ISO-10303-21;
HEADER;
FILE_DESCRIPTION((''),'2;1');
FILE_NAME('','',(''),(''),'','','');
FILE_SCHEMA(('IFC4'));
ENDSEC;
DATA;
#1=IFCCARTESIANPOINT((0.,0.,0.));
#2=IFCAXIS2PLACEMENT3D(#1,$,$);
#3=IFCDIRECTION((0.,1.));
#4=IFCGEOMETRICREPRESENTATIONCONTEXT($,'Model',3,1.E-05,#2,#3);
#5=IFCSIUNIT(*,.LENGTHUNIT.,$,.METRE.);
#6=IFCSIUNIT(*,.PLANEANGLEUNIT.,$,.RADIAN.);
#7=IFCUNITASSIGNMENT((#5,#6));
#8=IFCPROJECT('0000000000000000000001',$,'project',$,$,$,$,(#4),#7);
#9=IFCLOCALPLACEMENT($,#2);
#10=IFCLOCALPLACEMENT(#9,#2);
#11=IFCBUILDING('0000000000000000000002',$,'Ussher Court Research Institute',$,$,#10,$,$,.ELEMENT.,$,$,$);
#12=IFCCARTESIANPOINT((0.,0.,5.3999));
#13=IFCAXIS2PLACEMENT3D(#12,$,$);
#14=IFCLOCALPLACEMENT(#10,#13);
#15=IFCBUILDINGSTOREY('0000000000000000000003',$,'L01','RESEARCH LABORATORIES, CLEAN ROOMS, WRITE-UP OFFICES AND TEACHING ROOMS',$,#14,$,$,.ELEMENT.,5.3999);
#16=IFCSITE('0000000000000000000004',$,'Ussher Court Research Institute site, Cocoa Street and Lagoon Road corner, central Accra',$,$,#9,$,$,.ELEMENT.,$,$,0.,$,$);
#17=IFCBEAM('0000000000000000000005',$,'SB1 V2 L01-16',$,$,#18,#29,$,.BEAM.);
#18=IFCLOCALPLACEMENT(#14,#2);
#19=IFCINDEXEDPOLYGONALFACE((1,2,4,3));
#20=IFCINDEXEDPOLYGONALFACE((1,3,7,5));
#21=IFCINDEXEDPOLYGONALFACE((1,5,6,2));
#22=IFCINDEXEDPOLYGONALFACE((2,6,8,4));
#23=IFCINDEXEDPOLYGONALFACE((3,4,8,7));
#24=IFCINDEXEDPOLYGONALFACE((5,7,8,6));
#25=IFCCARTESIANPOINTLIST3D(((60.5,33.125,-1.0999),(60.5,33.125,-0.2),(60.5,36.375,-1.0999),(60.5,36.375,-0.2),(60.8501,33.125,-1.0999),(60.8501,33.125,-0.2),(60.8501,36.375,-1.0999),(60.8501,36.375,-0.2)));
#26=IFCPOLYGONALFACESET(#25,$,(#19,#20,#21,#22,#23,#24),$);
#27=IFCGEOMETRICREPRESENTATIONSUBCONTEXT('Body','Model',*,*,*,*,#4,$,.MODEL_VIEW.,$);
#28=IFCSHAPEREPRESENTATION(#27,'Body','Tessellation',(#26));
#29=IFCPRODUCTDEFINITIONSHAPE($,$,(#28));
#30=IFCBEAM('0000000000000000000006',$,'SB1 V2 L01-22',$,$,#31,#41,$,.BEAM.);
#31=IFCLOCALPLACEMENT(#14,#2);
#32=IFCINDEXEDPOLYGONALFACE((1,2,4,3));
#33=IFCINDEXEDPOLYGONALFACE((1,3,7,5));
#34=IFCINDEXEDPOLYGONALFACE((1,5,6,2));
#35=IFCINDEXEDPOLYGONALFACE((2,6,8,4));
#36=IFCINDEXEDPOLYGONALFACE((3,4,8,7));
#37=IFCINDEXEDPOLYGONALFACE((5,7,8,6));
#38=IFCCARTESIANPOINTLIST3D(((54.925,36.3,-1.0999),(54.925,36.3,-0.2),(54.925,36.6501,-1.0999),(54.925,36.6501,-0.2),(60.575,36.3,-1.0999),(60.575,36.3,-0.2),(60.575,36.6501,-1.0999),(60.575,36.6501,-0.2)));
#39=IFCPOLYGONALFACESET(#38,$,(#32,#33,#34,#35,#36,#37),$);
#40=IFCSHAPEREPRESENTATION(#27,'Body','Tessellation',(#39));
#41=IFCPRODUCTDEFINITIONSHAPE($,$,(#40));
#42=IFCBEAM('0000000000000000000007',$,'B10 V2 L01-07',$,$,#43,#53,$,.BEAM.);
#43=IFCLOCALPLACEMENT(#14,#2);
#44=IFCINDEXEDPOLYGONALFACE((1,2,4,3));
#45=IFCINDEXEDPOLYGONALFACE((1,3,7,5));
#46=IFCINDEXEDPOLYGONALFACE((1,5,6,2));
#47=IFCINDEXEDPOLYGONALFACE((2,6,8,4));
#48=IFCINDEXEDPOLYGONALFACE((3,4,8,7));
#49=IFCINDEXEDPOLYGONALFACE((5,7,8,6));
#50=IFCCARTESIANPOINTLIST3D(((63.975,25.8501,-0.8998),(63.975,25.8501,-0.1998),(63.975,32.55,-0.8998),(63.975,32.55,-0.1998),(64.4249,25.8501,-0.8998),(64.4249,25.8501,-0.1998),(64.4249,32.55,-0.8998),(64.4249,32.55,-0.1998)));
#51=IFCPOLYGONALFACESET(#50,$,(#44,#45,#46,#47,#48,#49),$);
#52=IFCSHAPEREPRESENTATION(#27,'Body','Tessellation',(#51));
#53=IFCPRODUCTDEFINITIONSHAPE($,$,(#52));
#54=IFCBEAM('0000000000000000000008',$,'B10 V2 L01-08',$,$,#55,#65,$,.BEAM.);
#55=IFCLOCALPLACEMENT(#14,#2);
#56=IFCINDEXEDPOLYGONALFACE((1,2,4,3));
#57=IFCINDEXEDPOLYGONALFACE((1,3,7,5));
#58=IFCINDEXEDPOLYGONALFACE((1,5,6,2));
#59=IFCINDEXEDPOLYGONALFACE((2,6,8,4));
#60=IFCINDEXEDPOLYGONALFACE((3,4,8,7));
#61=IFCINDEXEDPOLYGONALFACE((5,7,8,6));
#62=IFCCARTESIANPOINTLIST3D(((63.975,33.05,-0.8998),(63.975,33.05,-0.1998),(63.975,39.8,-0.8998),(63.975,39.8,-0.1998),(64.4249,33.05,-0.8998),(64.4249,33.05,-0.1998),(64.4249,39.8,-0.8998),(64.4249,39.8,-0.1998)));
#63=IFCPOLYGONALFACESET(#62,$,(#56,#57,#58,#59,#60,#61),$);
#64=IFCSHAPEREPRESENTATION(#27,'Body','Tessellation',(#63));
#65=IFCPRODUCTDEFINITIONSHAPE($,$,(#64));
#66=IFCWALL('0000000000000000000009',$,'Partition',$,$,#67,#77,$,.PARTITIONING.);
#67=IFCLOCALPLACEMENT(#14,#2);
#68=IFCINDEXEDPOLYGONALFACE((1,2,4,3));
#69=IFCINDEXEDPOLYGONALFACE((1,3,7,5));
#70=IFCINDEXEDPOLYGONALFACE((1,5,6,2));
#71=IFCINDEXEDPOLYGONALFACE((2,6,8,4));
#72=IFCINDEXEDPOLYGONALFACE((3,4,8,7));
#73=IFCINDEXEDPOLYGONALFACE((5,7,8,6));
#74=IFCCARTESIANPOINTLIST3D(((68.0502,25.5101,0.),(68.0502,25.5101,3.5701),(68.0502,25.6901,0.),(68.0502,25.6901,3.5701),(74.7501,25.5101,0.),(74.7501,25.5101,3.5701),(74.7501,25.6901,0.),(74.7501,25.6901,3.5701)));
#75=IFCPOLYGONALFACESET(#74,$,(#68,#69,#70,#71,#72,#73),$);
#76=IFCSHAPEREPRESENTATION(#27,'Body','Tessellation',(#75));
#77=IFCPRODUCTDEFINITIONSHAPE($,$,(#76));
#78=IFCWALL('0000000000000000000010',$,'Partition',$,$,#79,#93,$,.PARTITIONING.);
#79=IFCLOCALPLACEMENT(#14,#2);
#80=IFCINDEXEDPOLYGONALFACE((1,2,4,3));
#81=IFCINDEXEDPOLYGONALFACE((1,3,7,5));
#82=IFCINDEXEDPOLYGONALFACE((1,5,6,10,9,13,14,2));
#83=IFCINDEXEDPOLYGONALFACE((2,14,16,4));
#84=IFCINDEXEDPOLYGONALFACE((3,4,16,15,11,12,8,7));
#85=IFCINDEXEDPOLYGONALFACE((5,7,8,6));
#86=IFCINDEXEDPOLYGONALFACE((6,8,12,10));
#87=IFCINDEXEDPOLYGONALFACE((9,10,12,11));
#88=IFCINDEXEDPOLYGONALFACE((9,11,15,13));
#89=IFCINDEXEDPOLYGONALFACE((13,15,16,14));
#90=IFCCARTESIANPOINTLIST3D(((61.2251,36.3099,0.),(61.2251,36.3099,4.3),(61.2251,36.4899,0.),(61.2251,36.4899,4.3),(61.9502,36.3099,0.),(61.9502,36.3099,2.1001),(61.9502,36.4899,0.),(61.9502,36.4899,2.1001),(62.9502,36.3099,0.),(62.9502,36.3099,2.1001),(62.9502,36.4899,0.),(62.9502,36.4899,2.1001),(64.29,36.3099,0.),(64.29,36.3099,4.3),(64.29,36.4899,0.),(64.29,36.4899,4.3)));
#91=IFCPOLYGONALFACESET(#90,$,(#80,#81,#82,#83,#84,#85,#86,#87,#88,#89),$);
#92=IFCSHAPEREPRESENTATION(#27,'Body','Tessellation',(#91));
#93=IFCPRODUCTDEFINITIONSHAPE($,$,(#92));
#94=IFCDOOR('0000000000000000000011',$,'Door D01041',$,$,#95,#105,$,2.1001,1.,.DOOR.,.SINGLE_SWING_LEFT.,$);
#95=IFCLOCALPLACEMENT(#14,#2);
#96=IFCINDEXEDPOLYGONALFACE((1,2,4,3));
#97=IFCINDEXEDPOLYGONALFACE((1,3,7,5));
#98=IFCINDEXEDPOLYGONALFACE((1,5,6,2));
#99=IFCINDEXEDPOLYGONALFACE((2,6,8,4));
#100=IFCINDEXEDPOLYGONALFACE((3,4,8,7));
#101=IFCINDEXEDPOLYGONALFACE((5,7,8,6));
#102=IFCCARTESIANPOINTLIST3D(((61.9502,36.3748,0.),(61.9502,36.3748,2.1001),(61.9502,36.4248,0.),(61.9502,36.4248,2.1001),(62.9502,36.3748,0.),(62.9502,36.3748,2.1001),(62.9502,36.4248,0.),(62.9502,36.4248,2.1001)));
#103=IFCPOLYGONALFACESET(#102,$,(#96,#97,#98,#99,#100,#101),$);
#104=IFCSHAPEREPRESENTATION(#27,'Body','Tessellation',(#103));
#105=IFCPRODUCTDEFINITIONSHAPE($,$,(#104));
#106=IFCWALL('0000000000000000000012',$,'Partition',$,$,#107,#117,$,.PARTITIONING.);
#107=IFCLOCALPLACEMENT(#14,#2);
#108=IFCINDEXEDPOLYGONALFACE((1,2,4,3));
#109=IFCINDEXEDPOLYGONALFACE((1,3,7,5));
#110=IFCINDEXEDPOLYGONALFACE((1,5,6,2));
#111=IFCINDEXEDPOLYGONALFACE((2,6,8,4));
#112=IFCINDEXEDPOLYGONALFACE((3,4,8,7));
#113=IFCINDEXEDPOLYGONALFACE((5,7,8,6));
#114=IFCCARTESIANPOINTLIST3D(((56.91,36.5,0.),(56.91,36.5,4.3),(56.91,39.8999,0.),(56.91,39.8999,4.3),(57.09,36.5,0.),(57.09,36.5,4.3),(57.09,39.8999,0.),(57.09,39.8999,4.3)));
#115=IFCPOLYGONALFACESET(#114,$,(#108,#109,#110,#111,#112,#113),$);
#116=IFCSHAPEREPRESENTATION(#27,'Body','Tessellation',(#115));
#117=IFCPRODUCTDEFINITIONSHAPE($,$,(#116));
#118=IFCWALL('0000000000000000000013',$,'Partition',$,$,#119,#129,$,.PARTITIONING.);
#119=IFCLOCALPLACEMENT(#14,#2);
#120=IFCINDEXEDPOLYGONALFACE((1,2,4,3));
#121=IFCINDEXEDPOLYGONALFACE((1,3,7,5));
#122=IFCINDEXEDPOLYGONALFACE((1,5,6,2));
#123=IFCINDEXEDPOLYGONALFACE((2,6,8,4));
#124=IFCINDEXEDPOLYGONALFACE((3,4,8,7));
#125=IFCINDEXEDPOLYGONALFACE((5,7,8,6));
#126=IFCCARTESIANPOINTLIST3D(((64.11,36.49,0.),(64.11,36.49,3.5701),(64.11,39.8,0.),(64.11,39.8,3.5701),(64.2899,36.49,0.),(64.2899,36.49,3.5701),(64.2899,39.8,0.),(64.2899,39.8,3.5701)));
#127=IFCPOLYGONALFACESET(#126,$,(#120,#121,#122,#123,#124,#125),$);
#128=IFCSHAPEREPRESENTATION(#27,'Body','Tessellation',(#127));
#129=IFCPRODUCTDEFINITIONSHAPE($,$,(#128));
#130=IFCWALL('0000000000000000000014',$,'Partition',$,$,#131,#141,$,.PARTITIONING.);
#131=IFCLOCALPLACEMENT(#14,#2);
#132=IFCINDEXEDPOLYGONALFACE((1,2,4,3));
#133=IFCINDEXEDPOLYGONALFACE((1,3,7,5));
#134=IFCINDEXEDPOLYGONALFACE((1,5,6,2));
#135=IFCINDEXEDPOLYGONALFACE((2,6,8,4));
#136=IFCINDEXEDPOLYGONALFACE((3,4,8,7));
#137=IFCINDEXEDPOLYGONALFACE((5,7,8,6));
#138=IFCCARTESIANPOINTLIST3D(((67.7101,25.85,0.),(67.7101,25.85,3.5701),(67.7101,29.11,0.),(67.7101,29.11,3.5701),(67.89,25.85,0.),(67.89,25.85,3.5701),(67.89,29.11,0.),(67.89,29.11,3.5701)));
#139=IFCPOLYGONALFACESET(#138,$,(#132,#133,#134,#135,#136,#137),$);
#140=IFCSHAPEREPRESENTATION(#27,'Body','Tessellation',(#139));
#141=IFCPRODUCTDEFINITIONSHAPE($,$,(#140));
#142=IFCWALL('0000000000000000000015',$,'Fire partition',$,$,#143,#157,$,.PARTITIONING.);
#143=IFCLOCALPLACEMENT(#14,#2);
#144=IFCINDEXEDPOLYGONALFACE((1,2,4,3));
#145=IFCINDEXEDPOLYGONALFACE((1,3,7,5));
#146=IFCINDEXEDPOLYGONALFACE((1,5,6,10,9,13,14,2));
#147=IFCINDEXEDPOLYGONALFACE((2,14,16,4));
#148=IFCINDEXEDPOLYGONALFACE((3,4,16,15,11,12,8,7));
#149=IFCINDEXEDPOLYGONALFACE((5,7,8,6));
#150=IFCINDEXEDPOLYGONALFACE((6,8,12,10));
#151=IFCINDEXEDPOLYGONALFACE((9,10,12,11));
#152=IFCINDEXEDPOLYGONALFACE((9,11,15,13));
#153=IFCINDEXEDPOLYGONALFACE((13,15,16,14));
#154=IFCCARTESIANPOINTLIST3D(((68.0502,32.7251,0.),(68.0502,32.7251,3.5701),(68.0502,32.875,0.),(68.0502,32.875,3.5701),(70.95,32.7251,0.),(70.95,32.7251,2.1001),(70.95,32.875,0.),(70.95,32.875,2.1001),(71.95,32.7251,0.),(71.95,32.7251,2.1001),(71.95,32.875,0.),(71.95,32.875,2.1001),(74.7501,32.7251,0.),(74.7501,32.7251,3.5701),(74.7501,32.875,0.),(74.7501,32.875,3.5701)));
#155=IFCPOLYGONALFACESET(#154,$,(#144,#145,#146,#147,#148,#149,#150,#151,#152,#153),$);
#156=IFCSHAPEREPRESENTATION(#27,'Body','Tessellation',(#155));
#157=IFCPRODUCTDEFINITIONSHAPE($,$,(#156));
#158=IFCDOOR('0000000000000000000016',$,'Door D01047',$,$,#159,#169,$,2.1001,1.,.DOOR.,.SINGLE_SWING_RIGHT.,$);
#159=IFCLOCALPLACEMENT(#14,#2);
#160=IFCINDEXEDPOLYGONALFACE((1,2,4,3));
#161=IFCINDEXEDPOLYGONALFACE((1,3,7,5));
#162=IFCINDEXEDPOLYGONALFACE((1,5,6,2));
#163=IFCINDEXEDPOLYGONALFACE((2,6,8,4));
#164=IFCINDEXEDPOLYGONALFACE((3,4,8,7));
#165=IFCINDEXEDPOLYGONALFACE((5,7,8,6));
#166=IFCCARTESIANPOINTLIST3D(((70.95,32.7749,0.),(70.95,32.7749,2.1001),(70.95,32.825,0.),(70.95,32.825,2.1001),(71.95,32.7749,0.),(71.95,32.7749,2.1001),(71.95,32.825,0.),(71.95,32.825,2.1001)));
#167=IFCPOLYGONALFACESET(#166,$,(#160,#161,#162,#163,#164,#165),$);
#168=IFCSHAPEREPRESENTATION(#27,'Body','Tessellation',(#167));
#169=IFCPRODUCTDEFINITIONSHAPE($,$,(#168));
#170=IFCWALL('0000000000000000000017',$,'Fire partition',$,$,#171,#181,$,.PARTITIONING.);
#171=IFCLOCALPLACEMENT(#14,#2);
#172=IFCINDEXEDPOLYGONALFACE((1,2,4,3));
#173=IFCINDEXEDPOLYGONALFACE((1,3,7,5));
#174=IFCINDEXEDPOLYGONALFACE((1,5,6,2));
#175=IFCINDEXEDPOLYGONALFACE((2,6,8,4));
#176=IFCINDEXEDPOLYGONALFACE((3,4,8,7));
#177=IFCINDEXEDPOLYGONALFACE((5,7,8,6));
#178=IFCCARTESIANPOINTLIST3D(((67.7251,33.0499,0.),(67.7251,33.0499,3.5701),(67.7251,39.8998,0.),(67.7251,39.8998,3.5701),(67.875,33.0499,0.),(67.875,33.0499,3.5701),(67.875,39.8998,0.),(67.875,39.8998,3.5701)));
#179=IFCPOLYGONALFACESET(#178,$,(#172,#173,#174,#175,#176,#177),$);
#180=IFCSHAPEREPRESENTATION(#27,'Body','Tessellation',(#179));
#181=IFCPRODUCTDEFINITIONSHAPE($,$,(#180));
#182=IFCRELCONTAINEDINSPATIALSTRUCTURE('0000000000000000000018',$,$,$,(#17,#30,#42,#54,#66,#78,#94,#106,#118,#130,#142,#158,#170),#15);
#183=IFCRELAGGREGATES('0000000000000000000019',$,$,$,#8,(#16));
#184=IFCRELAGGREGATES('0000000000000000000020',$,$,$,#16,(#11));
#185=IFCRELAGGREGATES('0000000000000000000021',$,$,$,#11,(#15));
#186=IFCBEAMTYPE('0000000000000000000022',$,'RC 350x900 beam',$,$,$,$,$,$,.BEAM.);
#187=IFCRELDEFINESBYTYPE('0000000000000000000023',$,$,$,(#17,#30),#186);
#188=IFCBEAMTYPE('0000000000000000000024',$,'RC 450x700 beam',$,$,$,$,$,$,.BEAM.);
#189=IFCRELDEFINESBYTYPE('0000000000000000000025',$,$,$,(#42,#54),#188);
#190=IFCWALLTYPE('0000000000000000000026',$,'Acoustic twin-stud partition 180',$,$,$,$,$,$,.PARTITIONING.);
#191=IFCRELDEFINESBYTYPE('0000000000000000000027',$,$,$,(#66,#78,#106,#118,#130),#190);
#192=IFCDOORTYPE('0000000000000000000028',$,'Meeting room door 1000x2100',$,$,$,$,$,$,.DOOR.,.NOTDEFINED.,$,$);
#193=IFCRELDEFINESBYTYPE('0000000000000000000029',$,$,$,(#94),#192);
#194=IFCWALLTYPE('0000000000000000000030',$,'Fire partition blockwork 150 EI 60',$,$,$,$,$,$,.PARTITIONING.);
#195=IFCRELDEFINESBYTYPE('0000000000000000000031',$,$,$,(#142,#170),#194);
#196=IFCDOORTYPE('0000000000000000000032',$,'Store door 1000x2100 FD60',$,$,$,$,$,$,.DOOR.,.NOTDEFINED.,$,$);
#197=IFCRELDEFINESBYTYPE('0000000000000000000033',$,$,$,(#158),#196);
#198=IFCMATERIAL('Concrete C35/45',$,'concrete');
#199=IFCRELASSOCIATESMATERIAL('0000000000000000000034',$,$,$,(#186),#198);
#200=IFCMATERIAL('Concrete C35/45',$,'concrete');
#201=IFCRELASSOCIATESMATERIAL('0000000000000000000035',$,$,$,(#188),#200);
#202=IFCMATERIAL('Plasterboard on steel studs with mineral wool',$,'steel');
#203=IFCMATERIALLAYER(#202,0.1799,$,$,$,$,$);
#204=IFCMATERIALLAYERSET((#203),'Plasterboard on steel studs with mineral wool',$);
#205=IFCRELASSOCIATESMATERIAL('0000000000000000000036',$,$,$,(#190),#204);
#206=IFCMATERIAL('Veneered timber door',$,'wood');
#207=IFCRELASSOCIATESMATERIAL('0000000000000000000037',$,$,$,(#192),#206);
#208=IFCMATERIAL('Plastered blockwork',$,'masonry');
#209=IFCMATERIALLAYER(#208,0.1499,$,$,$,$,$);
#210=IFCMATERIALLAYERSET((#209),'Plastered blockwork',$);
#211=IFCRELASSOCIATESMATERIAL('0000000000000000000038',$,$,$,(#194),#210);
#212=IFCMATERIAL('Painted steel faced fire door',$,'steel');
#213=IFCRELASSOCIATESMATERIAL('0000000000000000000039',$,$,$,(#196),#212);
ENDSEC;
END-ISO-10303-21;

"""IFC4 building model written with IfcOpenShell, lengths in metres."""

from ifc_helpers import new_model, si_unit, direction, frame, frame_2d, origin, origin_2d, place, context, subcontext, project, spatial, rectangle, extrude, material, layer, layer_set, material_profile, profile_set, type_object, element, fill, save


model = new_model("IFC4")

# Units and contexts
model_context = context("Model", 3, precision=1e-05, world=origin(), true_north=direction((0.0, 1.0)))
body_context = subcontext(model_context, "Body", "Model", "MODEL_VIEW")
ifc_project = project(units=[si_unit("LENGTHUNIT", "METRE"), si_unit("PLANEANGLEUNIT", "RADIAN")], contexts=[model_context])

# Site, building, storey
site_placement = place(None, origin())
site = spatial("IfcSite", under=ifc_project, at=site_placement, Name="Ussher Court Research Institute site, Cocoa Street and Lagoon Road corner, central Accra", CompositionType="ELEMENT", RefElevation=0.0)
building_placement = place(site_placement, origin())
building = spatial("IfcBuilding", under=site, at=building_placement, Name="Ussher Court Research Institute", CompositionType="ELEMENT")
storey_placement = place(building_placement, frame((0.0, 0.0, 5.3999)))
storey = spatial("IfcBuildingStorey", under=building, at=storey_placement, Name="L01", Description="RESEARCH LABORATORIES, CLEAN ROOMS, WRITE-UP OFFICES AND TEACHING ROOMS", CompositionType="ELEMENT", Elevation=5.3999)

# Beams
ifc_material_1 = material(Name="Concrete C35/45", Category="concrete")
ifc_material_profile_1 = material_profile(ifc_material_1, rectangle(XDim=0.3501, YDim=0.8999, at=origin_2d()), Name="RC 350x900")
ifc_profile_set_1 = profile_set([ifc_material_profile_1], Name="Concrete C35/45")
beam_type_1 = type_object("IfcBeamType", Name="RC 350x900 beam", PredefinedType="BEAM", material=ifc_profile_set_1)
beam_1_placement = place(storey_placement, frame((60.675, 33.125, -0.6499), z_axis=(0.0, 1.0, 0.0), x_axis=(-1.0, 0.0, 0.0)))
element("IfcBeam", 1, at=beam_1_placement, inside=storey, type_object=beam_type_1, Name="SB1 V2 L01-16", PredefinedType="BEAM", context=body_context, shape_type="SweptSolid", body=[
    extrude(rectangle(XDim=0.3501, YDim=0.8999, at=origin_2d()), origin(), (0.0, 0.0, 1.0), 3.25),
])
beam_2_placement = place(storey_placement, frame((54.925, 36.4751, -0.6499), z_axis=(1.0, 0.0, 0.0), x_axis=(0.0, 1.0, 0.0)))
element("IfcBeam", 2, at=beam_2_placement, inside=storey, type_object=beam_type_1, Name="SB1 V2 L01-22", PredefinedType="BEAM", context=body_context, shape_type="SweptSolid", body=[
    extrude(rectangle(XDim=0.3501, YDim=0.8999, at=origin_2d()), origin(), (0.0, 0.0, 1.0), 5.6499),
])
ifc_material_2 = material(Name="Concrete C35/45", Category="concrete")
ifc_material_profile_2 = material_profile(ifc_material_2, rectangle(XDim=0.45, YDim=0.7, at=origin_2d()), Name="RC 450x700")
ifc_profile_set_2 = profile_set([ifc_material_profile_2], Name="Concrete C35/45")
beam_type_2 = type_object("IfcBeamType", Name="RC 450x700 beam", PredefinedType="BEAM", material=ifc_profile_set_2)
beam_3_placement = place(storey_placement, frame((64.2, 25.8501, -0.5498), z_axis=(0.0, 1.0, 0.0), x_axis=(-1.0, 0.0, 0.0)))
element("IfcBeam", 3, at=beam_3_placement, inside=storey, type_object=beam_type_2, Name="B10 V2 L01-07", PredefinedType="BEAM", context=body_context, shape_type="SweptSolid", body=[
    extrude(rectangle(XDim=0.45, YDim=0.7, at=origin_2d()), origin(), (0.0, 0.0, 1.0), 6.7),
])
beam_4_placement = place(storey_placement, frame((64.2, 33.05, -0.5498), z_axis=(0.0, 1.0, 0.0), x_axis=(-1.0, 0.0, 0.0)))
element("IfcBeam", 4, at=beam_4_placement, inside=storey, type_object=beam_type_2, Name="B10 V2 L01-08", PredefinedType="BEAM", context=body_context, shape_type="SweptSolid", body=[
    extrude(rectangle(XDim=0.45, YDim=0.7, at=origin_2d()), origin(), (0.0, 0.0, 1.0), 6.75),
])

# Wall
ifc_material_3 = material(Name="Plasterboard on steel studs with mineral wool", Category="steel")
ifc_layer_1 = layer(ifc_material_3, 0.1799)
ifc_layer_set_1 = layer_set([ifc_layer_1], Name="Plasterboard on steel studs with mineral wool")
wall_type_1 = type_object("IfcWallType", Name="Acoustic twin-stud partition 180", PredefinedType="PARTITIONING", material=ifc_layer_set_1)
wall_1_placement = place(storey_placement, frame((68.05, 25.6001, 0.0), z_axis=(0.0, 0.0, 1.0), x_axis=(1.0, 0.0, 0.0)))
element("IfcWall", 5, at=wall_1_placement, inside=storey, type_object=wall_type_1, Name="Partition", PredefinedType="PARTITIONING", context=body_context, shape_type="SweptSolid", body=[
    extrude(rectangle(XDim=6.7, YDim=0.1799, at=frame_2d((3.3501, 0.0))), origin(), (0.0, 0.0, 1.0), 3.5701),
])

# Wall, opening, door
wall_2_placement = place(storey_placement, frame((61.2251, 36.3999, 0.0), z_axis=(0.0, 0.0, 1.0), x_axis=(1.0, 0.0, 0.0)))
wall_2 = element("IfcWall", 6, at=wall_2_placement, inside=storey, type_object=wall_type_1, Name="Partition", PredefinedType="PARTITIONING", context=body_context, shape_type="SweptSolid", body=[
    extrude(rectangle(XDim=3.0649, YDim=0.1799, at=frame_2d((1.5325, 0.0))), origin(), (0.0, 0.0, 1.0), 4.3),
])
opening_1_placement = place(wall_2_placement, frame((0.7251, 0.0, 0.0)))
opening_1 = element("IfcOpeningElement", 7, at=opening_1_placement, cuts=wall_2, PredefinedType="OPENING", context=body_context, shape_type="SweptSolid", body=[
    extrude(rectangle(XDim=1.0, YDim=2.1001, at=frame_2d((0.5, 1.05))), frame((0.0, 0.1001, 0.0), z_axis=(0.0, -1.0, 0.0), x_axis=(1.0, 0.0, 0.0)), (0.0, 0.0, 1.0), 0.2),
])
ifc_material_4 = material(Name="Veneered timber door", Category="wood")
door_type_1 = type_object("IfcDoorType", Name="Meeting room door 1000x2100", OperationType="NOTDEFINED", PredefinedType="DOOR", material=ifc_material_4)
door_1_placement = place(opening_1_placement, origin())
door_1 = element("IfcDoor", 8, at=door_1_placement, inside=storey, type_object=door_type_1, Name="Door D01041", OperationType="SINGLE_SWING_LEFT", OverallHeight=2.1001, OverallWidth=1.0, PredefinedType="DOOR", context=body_context, shape_type="SweptSolid", body=[
    extrude(rectangle(XDim=1.0, YDim=2.1001, at=frame_2d((0.5, 1.05))), frame((0.0, 0.0249, 0.0), z_axis=(0.0, -1.0, 0.0), x_axis=(1.0, 0.0, 0.0)), (0.0, 0.0, 1.0), 0.05),
])
fill(opening_1, door_1)

# Walls
wall_3_placement = place(storey_placement, frame((57.0, 36.5, 0.0), z_axis=(0.0, 0.0, 1.0), x_axis=(0.0, 1.0, 0.0)))
element("IfcWall", 9, at=wall_3_placement, inside=storey, type_object=wall_type_1, Name="Partition", PredefinedType="PARTITIONING", context=body_context, shape_type="SweptSolid", body=[
    extrude(rectangle(XDim=3.3999, YDim=0.1799, at=frame_2d((1.7, 0.0))), origin(), (0.0, 0.0, 1.0), 4.3),
])
wall_4_placement = place(storey_placement, frame((64.2, 36.49, 0.0), z_axis=(0.0, 0.0, 1.0), x_axis=(0.0, 1.0, 0.0)))
element("IfcWall", 10, at=wall_4_placement, inside=storey, type_object=wall_type_1, Name="Partition", PredefinedType="PARTITIONING", context=body_context, shape_type="SweptSolid", body=[
    extrude(rectangle(XDim=3.3101, YDim=0.1799, at=frame_2d((1.655, 0.0))), origin(), (0.0, 0.0, 1.0), 3.5701),
])
wall_5_placement = place(storey_placement, frame((67.8, 25.8501, 0.0), z_axis=(0.0, 0.0, 1.0), x_axis=(0.0, 1.0, 0.0)))
element("IfcWall", 11, at=wall_5_placement, inside=storey, type_object=wall_type_1, Name="Partition", PredefinedType="PARTITIONING", context=body_context, shape_type="SweptSolid", body=[
    extrude(rectangle(XDim=3.26, YDim=0.1799, at=frame_2d((1.6299, 0.0))), origin(), (0.0, 0.0, 1.0), 3.5701),
])

# Wall, opening, door
ifc_material_5 = material(Name="Plastered blockwork", Category="masonry")
ifc_layer_2 = layer(ifc_material_5, 0.1499)
ifc_layer_set_2 = layer_set([ifc_layer_2], Name="Plastered blockwork")
wall_type_2 = type_object("IfcWallType", Name="Fire partition blockwork 150 EI 60", PredefinedType="PARTITIONING", material=ifc_layer_set_2)
wall_6_placement = place(storey_placement, frame((68.05, 32.8, 0.0), z_axis=(0.0, 0.0, 1.0), x_axis=(1.0, 0.0, 0.0)))
wall_6 = element("IfcWall", 12, at=wall_6_placement, inside=storey, type_object=wall_type_2, Name="Fire partition", PredefinedType="PARTITIONING", context=body_context, shape_type="SweptSolid", body=[
    extrude(rectangle(XDim=6.7, YDim=0.1499, at=frame_2d((3.3501, 0.0))), origin(), (0.0, 0.0, 1.0), 3.5701),
])
opening_2_placement = place(wall_6_placement, frame((2.8999, 0.0, 0.0)))
opening_2 = element("IfcOpeningElement", 13, at=opening_2_placement, cuts=wall_6, PredefinedType="OPENING", context=body_context, shape_type="SweptSolid", body=[
    extrude(rectangle(XDim=1.0, YDim=2.1001, at=frame_2d((0.5, 1.05))), frame((0.0, 0.085, 0.0), z_axis=(0.0, -1.0, 0.0), x_axis=(1.0, 0.0, 0.0)), (0.0, 0.0, 1.0), 0.1699),
])
ifc_material_6 = material(Name="Painted steel faced fire door", Category="steel")
door_type_2 = type_object("IfcDoorType", Name="Store door 1000x2100 FD60", OperationType="NOTDEFINED", PredefinedType="DOOR", material=ifc_material_6)
door_2_placement = place(opening_2_placement, origin())
door_2 = element("IfcDoor", 14, at=door_2_placement, inside=storey, type_object=door_type_2, Name="Door D01047", OperationType="SINGLE_SWING_RIGHT", OverallHeight=2.1001, OverallWidth=1.0, PredefinedType="DOOR", context=body_context, shape_type="SweptSolid", body=[
    extrude(rectangle(XDim=1.0, YDim=2.1001, at=frame_2d((0.5, 1.05))), frame((0.0, 0.0249, 0.0), z_axis=(0.0, -1.0, 0.0), x_axis=(1.0, 0.0, 0.0)), (0.0, 0.0, 1.0), 0.05),
])
fill(opening_2, door_2)

# Wall
wall_7_placement = place(storey_placement, frame((67.8, 33.05, 0.0), z_axis=(0.0, 0.0, 1.0), x_axis=(0.0, 1.0, 0.0)))
element("IfcWall", 15, at=wall_7_placement, inside=storey, type_object=wall_type_2, Name="Fire partition", PredefinedType="PARTITIONING", context=body_context, shape_type="SweptSolid", body=[
    extrude(rectangle(XDim=6.8499, YDim=0.1499, at=frame_2d((3.4248, 0.0))), origin(), (0.0, 0.0, 1.0), 3.5701),
])

save(model, "model.ifc")
